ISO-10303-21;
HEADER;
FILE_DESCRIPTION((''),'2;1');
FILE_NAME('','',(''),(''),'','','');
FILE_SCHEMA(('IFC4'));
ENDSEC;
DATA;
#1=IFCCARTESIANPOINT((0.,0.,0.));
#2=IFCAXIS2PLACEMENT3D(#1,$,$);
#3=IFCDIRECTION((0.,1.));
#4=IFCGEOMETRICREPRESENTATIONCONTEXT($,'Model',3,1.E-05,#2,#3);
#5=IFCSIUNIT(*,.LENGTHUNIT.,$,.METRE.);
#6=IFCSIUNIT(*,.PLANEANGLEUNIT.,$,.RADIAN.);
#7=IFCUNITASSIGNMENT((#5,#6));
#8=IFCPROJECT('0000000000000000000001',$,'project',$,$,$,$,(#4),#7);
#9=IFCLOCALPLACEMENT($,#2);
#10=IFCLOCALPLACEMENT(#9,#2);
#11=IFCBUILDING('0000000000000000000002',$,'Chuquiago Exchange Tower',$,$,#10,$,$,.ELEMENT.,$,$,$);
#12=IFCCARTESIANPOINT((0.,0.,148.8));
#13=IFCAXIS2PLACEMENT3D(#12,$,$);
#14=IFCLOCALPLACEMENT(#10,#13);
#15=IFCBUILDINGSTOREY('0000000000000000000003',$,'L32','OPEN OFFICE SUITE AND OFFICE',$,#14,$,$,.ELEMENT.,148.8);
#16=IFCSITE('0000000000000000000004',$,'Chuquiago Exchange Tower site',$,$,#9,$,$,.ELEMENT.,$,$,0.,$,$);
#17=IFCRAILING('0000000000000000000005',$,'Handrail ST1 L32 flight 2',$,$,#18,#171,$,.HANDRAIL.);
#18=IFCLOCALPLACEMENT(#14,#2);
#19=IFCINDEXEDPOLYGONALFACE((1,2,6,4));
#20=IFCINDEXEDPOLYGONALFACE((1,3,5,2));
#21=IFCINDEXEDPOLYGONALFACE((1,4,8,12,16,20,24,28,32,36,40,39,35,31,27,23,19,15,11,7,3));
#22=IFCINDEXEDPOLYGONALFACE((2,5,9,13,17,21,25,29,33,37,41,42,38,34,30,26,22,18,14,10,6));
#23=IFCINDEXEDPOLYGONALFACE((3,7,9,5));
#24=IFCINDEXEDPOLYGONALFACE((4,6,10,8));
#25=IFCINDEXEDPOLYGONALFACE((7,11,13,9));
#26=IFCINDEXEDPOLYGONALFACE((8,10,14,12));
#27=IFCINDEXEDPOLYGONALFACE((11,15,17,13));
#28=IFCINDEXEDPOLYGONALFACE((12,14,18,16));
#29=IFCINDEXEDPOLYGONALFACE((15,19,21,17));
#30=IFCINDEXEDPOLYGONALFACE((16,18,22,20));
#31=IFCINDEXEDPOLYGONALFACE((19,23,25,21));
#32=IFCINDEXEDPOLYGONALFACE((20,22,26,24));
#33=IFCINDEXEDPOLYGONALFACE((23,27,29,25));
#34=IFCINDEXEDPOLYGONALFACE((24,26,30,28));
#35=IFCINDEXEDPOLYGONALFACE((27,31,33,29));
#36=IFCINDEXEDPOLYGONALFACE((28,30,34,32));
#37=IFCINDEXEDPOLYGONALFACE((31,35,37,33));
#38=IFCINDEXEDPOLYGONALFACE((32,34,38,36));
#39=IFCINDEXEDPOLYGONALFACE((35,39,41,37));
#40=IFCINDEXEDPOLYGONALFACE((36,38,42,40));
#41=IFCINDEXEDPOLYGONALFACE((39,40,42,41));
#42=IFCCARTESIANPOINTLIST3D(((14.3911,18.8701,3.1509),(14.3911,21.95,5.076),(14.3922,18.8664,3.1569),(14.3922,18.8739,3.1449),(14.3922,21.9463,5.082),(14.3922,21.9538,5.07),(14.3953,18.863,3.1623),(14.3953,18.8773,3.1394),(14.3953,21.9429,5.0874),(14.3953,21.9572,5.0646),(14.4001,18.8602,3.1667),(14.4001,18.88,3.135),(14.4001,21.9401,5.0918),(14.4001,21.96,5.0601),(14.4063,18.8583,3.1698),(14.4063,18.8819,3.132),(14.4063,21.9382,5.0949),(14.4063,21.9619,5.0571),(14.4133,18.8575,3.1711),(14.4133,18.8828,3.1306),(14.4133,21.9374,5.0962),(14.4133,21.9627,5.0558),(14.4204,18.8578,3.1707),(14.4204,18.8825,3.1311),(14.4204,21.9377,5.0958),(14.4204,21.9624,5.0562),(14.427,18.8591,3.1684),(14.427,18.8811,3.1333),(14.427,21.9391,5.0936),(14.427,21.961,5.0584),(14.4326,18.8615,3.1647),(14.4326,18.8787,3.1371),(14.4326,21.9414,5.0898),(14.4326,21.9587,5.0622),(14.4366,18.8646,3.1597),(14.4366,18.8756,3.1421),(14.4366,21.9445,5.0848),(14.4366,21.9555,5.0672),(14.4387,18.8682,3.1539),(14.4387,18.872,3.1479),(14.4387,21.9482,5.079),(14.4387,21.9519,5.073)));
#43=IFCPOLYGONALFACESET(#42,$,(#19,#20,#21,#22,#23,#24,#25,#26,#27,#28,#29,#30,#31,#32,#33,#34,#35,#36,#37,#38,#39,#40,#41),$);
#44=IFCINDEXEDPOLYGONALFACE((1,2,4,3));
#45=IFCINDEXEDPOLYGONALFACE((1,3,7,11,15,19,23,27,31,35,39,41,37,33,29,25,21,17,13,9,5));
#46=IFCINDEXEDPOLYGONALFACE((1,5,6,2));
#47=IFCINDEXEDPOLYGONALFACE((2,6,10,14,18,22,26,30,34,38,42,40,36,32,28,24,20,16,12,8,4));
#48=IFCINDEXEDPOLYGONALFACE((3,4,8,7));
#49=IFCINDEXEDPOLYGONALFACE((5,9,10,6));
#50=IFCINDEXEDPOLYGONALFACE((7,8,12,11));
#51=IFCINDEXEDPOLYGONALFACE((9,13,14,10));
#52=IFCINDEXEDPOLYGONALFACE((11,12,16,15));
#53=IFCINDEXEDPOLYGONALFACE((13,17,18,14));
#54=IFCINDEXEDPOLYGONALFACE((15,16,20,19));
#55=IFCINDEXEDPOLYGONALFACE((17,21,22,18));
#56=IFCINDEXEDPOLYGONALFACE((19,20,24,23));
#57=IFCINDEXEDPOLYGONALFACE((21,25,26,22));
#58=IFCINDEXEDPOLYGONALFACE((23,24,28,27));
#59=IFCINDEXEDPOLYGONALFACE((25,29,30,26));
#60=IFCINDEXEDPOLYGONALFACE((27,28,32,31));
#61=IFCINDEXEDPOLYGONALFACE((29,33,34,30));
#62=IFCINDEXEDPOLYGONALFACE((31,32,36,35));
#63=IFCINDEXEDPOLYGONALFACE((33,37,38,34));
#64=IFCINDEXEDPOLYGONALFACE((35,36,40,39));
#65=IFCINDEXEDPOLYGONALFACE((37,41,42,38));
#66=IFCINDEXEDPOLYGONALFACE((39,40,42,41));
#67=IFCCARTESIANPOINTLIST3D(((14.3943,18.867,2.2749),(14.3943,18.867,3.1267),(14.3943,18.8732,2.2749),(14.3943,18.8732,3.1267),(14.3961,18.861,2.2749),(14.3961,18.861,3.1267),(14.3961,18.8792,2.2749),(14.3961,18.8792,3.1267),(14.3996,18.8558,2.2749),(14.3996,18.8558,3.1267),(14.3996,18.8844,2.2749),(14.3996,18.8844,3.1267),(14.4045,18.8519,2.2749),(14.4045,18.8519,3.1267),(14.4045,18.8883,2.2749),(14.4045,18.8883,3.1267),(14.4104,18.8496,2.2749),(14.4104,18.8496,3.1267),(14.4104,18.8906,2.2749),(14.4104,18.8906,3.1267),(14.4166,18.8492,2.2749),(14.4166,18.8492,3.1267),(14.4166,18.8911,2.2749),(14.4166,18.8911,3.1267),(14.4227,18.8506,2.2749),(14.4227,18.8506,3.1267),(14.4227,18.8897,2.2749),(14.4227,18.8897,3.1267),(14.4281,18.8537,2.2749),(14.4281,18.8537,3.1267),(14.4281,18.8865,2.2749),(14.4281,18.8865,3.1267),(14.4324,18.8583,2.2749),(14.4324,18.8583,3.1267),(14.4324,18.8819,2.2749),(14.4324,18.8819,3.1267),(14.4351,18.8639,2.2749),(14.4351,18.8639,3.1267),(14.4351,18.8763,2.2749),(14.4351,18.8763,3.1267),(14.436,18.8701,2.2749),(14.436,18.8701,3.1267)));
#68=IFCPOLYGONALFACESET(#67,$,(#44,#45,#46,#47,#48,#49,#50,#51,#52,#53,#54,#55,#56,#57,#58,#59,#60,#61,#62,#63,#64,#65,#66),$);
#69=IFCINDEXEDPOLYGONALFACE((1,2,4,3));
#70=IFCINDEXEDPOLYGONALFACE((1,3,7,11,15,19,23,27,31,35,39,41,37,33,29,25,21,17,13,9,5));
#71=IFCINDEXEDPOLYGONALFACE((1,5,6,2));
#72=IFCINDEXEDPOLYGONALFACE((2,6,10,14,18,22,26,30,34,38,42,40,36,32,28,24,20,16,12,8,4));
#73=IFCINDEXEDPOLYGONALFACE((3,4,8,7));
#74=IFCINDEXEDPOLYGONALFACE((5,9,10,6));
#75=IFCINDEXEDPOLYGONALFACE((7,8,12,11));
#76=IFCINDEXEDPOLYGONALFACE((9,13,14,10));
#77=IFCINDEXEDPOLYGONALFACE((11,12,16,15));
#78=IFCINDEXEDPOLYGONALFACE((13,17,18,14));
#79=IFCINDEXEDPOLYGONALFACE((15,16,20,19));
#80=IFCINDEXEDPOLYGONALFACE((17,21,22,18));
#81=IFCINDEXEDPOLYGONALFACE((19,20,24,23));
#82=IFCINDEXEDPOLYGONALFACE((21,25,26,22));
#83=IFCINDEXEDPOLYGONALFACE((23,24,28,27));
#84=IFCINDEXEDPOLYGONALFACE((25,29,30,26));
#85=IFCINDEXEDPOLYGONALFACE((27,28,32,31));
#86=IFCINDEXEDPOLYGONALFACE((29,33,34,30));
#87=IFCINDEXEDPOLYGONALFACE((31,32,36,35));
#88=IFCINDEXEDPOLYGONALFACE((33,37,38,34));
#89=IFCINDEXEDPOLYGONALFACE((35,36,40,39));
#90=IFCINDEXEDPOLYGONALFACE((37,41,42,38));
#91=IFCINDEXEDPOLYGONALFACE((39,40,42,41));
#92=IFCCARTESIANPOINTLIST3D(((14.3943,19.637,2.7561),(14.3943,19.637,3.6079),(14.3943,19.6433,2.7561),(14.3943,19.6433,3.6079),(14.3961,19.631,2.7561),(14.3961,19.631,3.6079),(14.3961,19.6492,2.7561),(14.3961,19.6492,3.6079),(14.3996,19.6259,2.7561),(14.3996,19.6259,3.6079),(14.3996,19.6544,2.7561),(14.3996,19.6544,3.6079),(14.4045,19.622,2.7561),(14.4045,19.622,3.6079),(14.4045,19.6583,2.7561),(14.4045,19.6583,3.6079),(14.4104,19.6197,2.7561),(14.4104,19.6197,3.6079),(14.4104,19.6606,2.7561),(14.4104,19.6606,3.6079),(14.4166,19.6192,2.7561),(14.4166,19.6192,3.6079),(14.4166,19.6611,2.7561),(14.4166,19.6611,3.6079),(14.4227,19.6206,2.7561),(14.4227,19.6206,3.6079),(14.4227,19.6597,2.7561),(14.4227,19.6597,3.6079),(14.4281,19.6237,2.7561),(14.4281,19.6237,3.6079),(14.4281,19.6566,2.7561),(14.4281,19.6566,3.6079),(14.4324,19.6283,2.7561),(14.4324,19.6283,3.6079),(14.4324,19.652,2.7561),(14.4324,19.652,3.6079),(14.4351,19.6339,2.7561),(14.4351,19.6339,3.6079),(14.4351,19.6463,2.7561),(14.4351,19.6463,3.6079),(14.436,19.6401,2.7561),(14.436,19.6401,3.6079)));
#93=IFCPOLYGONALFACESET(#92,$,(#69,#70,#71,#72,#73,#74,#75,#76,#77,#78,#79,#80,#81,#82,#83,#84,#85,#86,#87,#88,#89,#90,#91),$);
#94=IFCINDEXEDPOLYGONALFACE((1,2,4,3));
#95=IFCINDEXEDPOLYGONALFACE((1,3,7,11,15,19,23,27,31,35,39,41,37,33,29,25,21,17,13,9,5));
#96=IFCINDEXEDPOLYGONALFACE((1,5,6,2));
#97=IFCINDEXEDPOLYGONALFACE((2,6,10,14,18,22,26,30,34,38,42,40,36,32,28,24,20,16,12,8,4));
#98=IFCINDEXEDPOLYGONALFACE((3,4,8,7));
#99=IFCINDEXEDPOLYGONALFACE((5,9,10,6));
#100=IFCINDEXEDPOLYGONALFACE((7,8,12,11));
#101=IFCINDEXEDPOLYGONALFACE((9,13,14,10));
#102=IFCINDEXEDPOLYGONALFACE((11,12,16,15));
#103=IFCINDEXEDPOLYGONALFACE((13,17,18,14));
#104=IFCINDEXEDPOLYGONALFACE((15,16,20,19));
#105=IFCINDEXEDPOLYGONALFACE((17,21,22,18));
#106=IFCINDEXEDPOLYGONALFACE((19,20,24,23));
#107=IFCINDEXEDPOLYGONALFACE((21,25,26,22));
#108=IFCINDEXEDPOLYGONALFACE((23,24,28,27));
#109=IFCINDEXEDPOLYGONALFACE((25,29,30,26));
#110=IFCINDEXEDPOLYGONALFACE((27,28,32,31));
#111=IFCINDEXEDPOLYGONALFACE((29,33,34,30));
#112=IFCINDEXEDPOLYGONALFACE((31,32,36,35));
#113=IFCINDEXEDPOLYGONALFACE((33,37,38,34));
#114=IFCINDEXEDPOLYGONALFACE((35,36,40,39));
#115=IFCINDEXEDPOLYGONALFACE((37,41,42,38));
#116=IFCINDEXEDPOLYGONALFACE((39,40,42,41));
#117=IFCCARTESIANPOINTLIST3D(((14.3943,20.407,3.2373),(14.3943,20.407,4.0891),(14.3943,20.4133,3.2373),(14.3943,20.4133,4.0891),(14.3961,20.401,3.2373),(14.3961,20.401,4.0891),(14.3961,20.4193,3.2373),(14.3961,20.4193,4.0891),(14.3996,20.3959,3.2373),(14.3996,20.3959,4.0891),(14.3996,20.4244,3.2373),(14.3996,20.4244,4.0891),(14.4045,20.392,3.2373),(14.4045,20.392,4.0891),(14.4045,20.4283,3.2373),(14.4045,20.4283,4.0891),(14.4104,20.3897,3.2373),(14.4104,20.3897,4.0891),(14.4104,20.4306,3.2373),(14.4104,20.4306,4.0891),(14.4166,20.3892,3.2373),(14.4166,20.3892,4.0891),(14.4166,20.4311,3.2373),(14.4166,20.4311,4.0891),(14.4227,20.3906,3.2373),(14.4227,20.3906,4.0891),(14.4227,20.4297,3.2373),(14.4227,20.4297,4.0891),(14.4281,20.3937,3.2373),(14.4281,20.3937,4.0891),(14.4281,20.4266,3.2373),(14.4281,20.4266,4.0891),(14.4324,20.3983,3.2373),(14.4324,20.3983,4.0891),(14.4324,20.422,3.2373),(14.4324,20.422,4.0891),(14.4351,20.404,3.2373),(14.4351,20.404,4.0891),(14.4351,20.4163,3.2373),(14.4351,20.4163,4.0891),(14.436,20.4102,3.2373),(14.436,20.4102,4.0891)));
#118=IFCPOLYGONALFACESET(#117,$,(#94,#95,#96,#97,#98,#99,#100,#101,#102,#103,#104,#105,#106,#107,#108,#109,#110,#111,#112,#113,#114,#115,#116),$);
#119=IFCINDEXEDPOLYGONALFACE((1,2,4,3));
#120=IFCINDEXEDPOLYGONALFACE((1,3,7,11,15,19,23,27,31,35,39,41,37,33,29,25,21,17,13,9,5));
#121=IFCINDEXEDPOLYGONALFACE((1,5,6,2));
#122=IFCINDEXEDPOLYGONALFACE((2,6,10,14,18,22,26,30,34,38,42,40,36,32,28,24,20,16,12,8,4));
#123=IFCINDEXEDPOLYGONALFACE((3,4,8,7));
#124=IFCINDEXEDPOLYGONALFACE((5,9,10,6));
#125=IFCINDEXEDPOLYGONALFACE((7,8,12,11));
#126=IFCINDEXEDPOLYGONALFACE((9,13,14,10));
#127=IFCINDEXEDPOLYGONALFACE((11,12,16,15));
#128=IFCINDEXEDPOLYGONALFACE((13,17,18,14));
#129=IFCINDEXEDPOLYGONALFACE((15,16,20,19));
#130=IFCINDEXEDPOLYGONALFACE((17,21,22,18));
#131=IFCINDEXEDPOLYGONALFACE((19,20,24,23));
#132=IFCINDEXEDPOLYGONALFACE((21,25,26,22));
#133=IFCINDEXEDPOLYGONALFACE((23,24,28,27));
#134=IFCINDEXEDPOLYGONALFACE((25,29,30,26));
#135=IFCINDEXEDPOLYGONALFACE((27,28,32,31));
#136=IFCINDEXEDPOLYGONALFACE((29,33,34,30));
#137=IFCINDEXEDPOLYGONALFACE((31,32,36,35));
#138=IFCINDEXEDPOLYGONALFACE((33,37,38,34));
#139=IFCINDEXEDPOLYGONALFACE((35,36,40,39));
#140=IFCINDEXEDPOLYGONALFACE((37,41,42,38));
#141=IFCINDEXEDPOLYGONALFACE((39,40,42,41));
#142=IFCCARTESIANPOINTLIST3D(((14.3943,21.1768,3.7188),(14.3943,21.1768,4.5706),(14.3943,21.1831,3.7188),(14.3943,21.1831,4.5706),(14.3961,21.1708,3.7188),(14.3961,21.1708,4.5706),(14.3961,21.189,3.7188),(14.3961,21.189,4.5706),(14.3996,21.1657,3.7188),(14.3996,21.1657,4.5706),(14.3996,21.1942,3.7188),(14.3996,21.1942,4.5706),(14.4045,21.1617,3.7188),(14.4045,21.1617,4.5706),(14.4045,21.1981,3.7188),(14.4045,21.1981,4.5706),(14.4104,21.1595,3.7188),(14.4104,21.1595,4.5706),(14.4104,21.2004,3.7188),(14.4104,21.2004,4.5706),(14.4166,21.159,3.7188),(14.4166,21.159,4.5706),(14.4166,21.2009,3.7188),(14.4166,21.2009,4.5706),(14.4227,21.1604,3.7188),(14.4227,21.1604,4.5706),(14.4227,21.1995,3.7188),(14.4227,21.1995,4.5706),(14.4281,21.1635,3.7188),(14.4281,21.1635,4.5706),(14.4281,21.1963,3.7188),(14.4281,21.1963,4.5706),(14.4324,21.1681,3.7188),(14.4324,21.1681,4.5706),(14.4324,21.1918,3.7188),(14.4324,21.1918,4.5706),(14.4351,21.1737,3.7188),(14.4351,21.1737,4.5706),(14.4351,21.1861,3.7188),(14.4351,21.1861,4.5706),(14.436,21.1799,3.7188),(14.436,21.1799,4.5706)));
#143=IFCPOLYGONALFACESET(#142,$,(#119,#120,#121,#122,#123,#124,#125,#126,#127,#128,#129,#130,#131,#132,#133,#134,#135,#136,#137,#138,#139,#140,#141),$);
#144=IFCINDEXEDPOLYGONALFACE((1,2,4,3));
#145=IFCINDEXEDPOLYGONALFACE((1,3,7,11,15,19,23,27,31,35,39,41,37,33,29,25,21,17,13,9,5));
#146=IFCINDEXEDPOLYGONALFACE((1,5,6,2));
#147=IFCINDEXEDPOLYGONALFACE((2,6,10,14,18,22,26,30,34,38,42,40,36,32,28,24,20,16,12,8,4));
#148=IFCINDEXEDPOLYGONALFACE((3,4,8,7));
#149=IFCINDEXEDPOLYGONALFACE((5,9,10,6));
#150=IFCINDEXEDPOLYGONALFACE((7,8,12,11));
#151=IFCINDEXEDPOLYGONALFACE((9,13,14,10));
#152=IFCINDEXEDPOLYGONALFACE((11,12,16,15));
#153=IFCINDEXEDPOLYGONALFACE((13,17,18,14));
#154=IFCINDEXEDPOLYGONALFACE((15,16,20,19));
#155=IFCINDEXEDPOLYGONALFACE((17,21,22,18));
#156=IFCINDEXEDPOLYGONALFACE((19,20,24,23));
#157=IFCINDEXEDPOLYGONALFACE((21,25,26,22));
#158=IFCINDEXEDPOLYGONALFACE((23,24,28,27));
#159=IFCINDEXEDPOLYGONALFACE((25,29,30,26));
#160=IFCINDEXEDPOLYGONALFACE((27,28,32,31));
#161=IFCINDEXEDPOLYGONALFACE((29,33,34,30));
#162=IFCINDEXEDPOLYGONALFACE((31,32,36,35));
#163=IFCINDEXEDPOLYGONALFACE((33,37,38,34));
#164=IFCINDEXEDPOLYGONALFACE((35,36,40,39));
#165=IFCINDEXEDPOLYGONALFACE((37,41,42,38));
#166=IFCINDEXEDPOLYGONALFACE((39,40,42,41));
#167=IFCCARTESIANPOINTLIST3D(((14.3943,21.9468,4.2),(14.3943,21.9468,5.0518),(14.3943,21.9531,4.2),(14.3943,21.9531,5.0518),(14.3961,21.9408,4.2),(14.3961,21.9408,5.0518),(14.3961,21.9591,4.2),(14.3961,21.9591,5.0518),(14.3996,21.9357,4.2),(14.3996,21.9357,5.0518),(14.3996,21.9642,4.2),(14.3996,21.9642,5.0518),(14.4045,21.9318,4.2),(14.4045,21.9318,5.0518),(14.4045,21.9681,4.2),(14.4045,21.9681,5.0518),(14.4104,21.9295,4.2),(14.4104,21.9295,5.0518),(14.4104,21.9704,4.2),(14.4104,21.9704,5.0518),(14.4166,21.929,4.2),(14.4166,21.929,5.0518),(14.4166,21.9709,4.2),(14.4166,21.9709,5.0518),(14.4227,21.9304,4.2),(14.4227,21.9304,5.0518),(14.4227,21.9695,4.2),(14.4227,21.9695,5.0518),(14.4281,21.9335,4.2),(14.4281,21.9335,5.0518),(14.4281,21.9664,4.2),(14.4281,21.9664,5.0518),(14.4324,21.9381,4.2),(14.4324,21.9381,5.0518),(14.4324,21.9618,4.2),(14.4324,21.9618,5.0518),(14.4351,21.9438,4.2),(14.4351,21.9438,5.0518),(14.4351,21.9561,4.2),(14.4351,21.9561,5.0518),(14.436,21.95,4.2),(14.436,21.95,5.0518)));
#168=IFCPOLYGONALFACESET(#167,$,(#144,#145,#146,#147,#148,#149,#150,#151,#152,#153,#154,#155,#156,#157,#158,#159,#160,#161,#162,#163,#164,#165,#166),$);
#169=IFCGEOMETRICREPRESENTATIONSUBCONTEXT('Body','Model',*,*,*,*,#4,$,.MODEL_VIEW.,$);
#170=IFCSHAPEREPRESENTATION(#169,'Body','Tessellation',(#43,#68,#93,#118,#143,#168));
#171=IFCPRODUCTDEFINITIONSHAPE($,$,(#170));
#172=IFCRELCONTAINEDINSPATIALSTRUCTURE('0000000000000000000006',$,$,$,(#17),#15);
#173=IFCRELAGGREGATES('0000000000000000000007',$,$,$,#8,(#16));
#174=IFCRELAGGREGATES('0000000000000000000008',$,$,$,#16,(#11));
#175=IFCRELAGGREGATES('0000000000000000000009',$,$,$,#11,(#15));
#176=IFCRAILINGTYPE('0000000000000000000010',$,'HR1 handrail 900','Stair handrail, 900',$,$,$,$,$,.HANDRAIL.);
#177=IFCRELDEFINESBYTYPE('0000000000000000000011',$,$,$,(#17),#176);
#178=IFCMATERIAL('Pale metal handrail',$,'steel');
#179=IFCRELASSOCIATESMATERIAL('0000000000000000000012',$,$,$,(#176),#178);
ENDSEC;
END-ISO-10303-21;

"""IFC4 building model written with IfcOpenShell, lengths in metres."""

from ifc_helpers import new_model, si_unit, direction, frame, origin, origin_2d, place, context, subcontext, project, spatial, circle, extrude, material, type_object, element, save


model = new_model("IFC4")

# Units and contexts
model_context = context("Model", 3, precision=1e-05, world=origin(), true_north=direction((0.0, 1.0)))
body_context = subcontext(model_context, "Body", "Model", "MODEL_VIEW")
ifc_project = project(units=[si_unit("LENGTHUNIT", "METRE"), si_unit("PLANEANGLEUNIT", "RADIAN")], contexts=[model_context])

# Site, building, storey
site_placement = place(None, origin())
site = spatial("IfcSite", under=ifc_project, at=site_placement, Name="Chuquiago Exchange Tower site", CompositionType="ELEMENT", RefElevation=0.0)
building_placement = place(site_placement, origin())
building = spatial("IfcBuilding", under=site, at=building_placement, Name="Chuquiago Exchange Tower", CompositionType="ELEMENT")
storey_placement = place(building_placement, frame((0.0, 0.0, 148.8)))
storey = spatial("IfcBuildingStorey", under=building, at=storey_placement, Name="L32", Description="OPEN OFFICE SUITE AND OFFICE", CompositionType="ELEMENT", Elevation=148.8)

# Railing
ifc_material_1 = material(Name="Pale metal handrail", Category="steel")
railing_type_1 = type_object("IfcRailingType", Name="HR1 handrail 900", Description="Stair handrail, 900", PredefinedType="HANDRAIL", material=ifc_material_1)
for number, where, name in (
    (1, (14.415, 18.8701, 2.2749), "Handrail ST1 L32 flight 2"),
):
    element("IfcRailing", number, at=place(storey_placement, frame(where)), inside=storey, type_object=railing_type_1, Name=name, PredefinedType="HANDRAIL", context=body_context, shape_type="SweptSolid", body=[
        extrude(circle(Radius=0.0239, at=origin_2d()), frame((0.0, 0.0, 0.876), z_axis=(0.0, 0.847979, 0.530029), x_axis=(-1.0, 0.0, 0.0)), (0.0, 0.0, 1.0), 3.6321),
        extrude(circle(Radius=0.021, at=origin_2d()), origin(), (0.0, 0.0, 1.0), 0.8518),
        extrude(circle(Radius=0.021, at=origin_2d()), frame((0.0, 0.77, 0.4812)), (0.0, 0.0, 1.0), 0.8518),
        extrude(circle(Radius=0.021, at=origin_2d()), frame((0.0, 1.54, 0.9624)), (0.0, 0.0, 1.0), 0.8518),
        extrude(circle(Radius=0.021, at=origin_2d()), frame((0.0, 2.3098, 1.4438)), (0.0, 0.0, 1.0), 0.8518),
        extrude(circle(Radius=0.021, at=origin_2d()), frame((0.0, 3.0798, 1.925)), (0.0, 0.0, 1.0), 0.8518),
    ])

save(model, "model.ifc")
